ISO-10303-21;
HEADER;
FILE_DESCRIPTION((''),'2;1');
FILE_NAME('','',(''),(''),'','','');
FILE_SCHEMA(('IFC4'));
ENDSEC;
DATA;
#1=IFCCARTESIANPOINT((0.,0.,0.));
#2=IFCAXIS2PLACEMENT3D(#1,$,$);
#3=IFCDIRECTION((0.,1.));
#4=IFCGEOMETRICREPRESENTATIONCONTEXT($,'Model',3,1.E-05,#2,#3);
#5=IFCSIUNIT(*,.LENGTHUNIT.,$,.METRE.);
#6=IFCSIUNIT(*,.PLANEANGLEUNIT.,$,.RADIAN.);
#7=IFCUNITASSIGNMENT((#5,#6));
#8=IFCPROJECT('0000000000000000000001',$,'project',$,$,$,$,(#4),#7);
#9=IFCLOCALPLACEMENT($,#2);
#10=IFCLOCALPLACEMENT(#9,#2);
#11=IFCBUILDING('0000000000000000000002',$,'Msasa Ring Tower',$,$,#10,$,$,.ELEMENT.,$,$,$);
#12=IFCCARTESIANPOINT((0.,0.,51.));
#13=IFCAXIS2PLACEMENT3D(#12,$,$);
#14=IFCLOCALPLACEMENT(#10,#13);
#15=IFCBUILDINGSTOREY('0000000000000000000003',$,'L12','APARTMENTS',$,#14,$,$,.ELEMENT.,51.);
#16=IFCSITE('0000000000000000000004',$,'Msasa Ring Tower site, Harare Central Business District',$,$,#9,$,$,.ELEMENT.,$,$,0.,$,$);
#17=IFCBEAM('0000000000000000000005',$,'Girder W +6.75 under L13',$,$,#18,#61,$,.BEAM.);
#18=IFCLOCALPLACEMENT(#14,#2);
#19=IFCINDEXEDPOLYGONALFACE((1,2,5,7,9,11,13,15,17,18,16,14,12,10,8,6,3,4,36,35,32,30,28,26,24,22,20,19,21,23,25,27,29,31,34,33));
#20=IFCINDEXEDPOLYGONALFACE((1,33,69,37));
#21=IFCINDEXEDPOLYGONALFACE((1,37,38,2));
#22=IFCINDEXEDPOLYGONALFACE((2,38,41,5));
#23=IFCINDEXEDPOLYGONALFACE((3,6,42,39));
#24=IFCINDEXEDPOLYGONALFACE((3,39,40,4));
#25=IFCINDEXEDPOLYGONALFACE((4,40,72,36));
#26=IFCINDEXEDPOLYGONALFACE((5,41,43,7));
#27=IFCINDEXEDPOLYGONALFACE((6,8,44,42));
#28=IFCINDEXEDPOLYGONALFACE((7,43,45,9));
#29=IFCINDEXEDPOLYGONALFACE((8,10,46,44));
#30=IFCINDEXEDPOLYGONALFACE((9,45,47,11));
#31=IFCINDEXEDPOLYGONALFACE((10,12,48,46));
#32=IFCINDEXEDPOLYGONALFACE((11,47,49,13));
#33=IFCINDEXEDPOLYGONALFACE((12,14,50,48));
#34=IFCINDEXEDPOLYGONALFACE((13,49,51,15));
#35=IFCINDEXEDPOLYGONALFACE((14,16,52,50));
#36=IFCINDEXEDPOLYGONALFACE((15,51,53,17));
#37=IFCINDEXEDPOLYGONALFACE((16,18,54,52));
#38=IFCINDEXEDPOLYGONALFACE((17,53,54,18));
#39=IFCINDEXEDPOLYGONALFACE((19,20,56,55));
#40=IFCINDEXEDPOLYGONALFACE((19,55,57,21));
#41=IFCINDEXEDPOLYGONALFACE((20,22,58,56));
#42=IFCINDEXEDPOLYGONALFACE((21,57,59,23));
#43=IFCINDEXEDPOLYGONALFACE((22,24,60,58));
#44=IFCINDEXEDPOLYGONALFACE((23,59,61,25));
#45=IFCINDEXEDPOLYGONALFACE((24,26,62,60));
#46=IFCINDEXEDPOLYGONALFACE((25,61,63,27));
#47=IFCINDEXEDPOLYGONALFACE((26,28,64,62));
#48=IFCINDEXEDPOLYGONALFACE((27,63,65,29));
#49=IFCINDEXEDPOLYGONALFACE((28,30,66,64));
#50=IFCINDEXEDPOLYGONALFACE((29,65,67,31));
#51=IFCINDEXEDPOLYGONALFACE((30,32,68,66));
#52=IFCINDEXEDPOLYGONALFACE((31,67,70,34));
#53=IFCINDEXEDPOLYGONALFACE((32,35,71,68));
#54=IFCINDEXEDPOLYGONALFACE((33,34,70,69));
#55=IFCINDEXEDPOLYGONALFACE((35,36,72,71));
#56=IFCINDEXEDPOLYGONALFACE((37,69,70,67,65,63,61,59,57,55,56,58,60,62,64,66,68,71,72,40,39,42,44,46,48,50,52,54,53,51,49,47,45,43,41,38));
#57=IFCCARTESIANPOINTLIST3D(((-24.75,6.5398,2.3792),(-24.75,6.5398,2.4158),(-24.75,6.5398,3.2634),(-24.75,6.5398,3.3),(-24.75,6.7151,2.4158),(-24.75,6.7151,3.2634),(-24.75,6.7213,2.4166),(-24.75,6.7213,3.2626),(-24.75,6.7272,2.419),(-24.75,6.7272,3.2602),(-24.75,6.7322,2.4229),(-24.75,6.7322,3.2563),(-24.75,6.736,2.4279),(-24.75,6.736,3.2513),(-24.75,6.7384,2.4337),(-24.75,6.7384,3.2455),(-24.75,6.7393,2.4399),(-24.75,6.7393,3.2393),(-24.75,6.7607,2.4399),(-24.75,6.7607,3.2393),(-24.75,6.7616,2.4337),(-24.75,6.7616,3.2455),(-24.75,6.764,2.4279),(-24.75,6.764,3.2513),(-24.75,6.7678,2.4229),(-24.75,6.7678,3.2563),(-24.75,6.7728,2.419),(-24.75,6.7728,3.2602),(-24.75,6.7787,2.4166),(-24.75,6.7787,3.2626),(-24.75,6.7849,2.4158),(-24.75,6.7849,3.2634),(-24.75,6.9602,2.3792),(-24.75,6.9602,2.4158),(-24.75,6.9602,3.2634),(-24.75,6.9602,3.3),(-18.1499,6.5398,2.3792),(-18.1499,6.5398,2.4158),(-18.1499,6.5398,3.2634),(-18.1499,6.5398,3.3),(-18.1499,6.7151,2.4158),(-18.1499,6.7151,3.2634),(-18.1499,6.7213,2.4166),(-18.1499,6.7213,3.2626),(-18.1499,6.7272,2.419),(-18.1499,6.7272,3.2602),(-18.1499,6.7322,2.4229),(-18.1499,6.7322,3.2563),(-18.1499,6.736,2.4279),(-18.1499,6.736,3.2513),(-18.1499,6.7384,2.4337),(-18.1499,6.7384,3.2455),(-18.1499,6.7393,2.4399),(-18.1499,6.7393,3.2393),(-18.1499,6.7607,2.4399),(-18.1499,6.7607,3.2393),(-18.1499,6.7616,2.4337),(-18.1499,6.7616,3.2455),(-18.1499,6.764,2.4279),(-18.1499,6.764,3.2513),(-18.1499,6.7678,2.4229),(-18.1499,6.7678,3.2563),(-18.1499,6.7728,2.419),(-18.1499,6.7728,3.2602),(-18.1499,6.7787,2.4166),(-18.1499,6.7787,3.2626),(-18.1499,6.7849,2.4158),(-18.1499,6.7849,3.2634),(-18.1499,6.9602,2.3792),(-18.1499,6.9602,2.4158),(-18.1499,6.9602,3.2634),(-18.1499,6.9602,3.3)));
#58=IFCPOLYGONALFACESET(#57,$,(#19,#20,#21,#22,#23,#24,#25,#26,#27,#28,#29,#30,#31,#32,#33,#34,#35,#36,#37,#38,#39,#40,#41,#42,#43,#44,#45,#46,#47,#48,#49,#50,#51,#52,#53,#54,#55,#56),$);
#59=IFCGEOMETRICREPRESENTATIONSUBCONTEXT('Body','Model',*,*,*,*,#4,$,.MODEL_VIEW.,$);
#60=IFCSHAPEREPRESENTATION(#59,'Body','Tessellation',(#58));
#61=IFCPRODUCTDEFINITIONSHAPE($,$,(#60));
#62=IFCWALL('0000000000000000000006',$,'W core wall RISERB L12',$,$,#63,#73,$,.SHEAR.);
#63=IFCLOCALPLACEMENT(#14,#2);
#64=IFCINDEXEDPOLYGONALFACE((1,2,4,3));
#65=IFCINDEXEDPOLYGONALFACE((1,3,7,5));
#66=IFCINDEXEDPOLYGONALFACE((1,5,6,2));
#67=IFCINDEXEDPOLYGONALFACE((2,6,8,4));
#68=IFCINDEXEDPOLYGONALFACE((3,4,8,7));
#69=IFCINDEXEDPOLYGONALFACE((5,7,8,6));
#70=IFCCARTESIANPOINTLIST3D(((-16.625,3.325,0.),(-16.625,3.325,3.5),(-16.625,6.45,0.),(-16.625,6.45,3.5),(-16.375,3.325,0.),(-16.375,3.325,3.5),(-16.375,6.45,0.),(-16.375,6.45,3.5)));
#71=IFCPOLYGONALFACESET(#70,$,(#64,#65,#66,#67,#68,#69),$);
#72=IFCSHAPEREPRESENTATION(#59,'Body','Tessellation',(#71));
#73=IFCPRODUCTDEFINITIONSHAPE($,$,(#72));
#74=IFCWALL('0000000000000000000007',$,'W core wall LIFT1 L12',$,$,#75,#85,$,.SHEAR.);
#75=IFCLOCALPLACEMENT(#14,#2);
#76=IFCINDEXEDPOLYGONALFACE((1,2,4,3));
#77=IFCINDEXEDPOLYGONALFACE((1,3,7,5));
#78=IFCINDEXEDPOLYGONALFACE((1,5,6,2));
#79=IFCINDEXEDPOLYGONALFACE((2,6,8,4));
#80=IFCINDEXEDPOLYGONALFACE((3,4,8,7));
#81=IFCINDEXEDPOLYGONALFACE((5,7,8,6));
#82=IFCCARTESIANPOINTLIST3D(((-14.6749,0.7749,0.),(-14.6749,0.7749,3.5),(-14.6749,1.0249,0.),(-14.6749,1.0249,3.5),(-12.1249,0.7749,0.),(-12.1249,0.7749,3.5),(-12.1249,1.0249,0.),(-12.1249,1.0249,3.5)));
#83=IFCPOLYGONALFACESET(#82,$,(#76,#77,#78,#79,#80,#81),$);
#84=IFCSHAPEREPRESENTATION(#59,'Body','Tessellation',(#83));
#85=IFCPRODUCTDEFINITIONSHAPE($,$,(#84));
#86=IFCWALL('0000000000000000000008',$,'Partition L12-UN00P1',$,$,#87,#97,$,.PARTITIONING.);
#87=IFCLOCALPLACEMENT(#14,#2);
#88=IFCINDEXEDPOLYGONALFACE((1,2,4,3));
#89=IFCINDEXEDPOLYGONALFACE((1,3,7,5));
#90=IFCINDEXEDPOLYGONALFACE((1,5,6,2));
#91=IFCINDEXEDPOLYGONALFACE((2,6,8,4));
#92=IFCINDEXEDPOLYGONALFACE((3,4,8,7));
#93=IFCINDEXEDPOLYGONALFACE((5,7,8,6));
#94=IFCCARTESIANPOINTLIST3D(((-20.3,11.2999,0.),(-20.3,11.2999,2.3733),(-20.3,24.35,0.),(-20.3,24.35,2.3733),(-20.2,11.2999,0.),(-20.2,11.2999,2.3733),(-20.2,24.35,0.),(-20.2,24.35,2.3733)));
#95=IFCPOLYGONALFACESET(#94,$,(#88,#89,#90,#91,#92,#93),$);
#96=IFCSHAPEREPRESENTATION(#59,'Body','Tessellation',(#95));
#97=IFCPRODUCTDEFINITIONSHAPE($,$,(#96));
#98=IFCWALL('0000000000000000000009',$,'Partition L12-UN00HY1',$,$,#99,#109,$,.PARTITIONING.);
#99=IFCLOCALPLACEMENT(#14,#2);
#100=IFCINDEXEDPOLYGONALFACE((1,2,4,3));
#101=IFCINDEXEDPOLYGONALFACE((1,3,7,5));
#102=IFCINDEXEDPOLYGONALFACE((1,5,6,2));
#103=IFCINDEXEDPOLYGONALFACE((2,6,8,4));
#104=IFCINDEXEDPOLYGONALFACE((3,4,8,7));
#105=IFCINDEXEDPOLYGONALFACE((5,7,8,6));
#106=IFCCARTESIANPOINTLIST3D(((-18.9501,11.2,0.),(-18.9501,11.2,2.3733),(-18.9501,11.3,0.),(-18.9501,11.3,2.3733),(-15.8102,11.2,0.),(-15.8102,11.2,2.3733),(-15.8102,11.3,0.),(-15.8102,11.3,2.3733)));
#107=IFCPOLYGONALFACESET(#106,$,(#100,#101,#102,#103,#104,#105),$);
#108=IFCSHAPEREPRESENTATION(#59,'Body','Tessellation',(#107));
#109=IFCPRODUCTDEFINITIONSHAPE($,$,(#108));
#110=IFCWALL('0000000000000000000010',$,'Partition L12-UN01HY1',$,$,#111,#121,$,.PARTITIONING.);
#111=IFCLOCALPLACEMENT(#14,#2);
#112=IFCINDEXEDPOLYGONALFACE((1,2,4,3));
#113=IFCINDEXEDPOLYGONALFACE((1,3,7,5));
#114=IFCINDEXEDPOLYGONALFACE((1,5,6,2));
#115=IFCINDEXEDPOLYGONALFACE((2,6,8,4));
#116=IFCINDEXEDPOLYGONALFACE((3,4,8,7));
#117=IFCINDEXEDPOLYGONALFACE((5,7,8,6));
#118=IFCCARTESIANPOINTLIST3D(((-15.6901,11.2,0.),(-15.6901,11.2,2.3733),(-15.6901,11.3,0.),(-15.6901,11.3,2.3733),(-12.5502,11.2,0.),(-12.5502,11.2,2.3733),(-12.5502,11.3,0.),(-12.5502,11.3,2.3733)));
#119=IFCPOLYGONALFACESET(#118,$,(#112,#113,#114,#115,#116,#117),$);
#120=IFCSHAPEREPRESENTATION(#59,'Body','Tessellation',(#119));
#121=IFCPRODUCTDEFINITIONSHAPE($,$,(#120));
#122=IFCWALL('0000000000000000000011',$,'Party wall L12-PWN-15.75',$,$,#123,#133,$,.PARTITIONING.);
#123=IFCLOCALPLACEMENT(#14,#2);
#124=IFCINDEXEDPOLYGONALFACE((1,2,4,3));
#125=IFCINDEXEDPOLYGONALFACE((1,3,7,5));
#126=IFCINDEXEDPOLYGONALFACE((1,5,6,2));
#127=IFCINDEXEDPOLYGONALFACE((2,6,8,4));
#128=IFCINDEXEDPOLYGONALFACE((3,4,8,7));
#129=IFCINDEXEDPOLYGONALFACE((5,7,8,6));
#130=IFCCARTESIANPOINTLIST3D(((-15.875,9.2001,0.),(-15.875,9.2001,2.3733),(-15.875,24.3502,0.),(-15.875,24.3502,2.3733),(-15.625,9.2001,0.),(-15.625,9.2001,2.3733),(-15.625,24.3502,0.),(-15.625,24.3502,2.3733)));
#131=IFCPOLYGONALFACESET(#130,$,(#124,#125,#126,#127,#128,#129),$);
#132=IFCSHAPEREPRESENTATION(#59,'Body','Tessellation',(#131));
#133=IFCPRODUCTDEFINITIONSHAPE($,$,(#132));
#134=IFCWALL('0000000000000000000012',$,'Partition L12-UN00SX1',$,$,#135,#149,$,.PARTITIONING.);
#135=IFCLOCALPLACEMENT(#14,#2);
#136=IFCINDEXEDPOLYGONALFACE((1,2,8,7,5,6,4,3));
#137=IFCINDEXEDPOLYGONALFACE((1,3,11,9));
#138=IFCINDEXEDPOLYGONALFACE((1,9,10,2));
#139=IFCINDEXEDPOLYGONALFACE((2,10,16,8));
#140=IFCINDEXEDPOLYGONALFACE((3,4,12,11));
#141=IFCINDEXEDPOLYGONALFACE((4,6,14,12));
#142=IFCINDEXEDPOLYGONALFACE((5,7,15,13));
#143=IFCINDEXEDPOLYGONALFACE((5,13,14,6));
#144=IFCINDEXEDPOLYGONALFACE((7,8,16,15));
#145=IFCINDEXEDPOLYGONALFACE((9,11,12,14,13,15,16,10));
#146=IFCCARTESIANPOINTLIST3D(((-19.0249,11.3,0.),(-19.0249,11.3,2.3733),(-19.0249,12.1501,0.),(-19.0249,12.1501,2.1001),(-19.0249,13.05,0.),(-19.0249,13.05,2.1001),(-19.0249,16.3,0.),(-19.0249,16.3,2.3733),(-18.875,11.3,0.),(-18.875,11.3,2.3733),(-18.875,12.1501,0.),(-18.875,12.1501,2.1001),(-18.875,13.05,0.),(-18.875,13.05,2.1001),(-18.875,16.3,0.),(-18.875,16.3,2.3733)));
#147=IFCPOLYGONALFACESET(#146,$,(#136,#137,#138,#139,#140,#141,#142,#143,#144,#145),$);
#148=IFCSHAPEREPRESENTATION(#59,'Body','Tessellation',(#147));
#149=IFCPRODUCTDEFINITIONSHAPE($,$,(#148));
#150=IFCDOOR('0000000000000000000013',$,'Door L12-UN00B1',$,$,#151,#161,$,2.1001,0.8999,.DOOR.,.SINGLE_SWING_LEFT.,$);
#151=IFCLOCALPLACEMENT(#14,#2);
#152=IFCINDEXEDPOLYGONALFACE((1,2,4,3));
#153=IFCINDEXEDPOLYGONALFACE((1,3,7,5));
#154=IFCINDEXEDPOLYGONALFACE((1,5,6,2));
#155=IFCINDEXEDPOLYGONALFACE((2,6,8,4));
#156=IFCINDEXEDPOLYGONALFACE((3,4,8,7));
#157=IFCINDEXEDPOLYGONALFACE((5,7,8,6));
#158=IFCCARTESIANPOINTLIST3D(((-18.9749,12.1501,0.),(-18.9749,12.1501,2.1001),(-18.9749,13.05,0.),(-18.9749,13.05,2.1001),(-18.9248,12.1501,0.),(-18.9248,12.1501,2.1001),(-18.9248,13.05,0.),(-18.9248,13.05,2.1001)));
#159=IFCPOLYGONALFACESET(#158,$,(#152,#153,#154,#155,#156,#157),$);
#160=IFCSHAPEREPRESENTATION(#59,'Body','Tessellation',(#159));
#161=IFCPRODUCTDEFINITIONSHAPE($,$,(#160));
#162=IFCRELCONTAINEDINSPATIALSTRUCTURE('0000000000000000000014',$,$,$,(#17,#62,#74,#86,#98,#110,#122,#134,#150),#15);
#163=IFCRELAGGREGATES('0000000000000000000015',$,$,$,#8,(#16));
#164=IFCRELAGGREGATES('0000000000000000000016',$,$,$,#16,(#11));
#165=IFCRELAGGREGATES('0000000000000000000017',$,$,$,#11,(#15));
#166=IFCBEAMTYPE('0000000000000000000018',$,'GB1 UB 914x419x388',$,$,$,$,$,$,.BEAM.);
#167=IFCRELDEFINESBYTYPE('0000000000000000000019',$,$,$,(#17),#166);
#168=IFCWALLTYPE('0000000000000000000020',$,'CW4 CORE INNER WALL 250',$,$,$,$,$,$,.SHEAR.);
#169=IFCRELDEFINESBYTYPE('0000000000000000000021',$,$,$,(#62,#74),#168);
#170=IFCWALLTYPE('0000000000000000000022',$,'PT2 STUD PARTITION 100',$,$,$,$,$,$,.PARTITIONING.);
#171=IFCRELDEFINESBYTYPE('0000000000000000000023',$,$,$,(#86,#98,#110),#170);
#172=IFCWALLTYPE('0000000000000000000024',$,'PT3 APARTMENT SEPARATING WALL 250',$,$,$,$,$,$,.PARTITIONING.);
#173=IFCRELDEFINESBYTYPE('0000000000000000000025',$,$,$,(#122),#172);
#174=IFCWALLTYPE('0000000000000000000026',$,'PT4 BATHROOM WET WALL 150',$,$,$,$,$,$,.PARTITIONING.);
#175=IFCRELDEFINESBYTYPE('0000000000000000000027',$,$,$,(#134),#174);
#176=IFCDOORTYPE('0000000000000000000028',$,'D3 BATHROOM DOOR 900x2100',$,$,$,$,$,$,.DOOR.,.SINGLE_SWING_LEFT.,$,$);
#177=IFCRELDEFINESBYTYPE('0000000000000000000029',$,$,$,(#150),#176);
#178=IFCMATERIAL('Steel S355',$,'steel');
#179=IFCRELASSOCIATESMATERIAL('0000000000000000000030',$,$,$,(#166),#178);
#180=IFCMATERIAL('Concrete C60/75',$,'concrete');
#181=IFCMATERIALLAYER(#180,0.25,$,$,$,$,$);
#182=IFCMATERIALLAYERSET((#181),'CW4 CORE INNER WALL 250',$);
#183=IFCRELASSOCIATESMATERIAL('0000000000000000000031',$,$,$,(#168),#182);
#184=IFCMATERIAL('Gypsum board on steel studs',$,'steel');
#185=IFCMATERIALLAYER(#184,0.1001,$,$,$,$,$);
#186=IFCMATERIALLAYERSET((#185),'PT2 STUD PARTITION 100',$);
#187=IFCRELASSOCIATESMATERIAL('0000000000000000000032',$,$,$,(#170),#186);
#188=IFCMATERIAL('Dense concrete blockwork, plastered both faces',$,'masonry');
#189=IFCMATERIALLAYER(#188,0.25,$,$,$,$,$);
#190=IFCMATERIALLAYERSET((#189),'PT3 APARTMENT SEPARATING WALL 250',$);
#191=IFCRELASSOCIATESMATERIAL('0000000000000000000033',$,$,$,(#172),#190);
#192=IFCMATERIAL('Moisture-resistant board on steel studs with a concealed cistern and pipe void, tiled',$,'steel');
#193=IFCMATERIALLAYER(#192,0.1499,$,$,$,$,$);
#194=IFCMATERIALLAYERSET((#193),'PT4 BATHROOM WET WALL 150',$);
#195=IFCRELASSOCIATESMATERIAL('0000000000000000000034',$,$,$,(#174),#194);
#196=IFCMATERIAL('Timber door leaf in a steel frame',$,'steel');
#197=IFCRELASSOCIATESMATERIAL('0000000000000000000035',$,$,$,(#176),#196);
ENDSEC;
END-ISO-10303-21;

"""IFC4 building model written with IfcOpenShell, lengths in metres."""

from ifc_helpers import new_model, si_unit, direction, frame, frame_2d, origin, origin_2d, place, context, subcontext, project, spatial, rectangle, i_section, extrude, material, layer, layer_set, material_profile, profile_set, type_object, element, fill, save


model = new_model("IFC4")

# Units and contexts
model_context = context("Model", 3, precision=1e-05, world=origin(), true_north=direction((0.0, 1.0)))
body_context = subcontext(model_context, "Body", "Model", "MODEL_VIEW")
ifc_project = project(units=[si_unit("LENGTHUNIT", "METRE"), si_unit("PLANEANGLEUNIT", "RADIAN")], contexts=[model_context])

# Site, building, storey
site_placement = place(None, origin())
site = spatial("IfcSite", under=ifc_project, at=site_placement, Name="Msasa Ring Tower site, Harare Central Business District", CompositionType="ELEMENT", RefElevation=0.0)
building_placement = place(site_placement, origin())
building = spatial("IfcBuilding", under=site, at=building_placement, Name="Msasa Ring Tower", CompositionType="ELEMENT")
storey_placement = place(building_placement, frame((0.0, 0.0, 51.0)))
storey = spatial("IfcBuildingStorey", under=building, at=storey_placement, Name="L12", Description="APARTMENTS", CompositionType="ELEMENT", Elevation=51.0)

# Beam
ifc_material_1 = material(Name="Steel S355", Category="steel")
ifc_material_profile = material_profile(ifc_material_1, i_section(OverallWidth=0.4204, OverallDepth=0.9209, WebThickness=0.0215, FlangeThickness=0.0366, FilletRadius=0.0242, at=origin_2d()), Name="UB 914x419x388")
ifc_profile_set = profile_set([ifc_material_profile], Name="Steel S355")
beam_type = type_object("IfcBeamType", Name="GB1 UB 914x419x388", PredefinedType="BEAM", material=ifc_profile_set)
beam_placement = place(storey_placement, frame((-18.1499, 6.75, 2.8396), z_axis=(-1.0, 0.0, 0.0), x_axis=(0.0, -1.0, 0.0)))
element("IfcBeam", 1, at=beam_placement, inside=storey, type_object=beam_type, Name="Girder W +6.75 under L13", PredefinedType="BEAM", context=body_context, shape_type="SweptSolid", body=[
    extrude(i_section(OverallWidth=0.4204, OverallDepth=0.9209, WebThickness=0.0215, FlangeThickness=0.0366, FilletRadius=0.0242, at=origin_2d()), origin(), (0.0, 0.0, 1.0), 6.6001),
])

# Walls
ifc_material_2 = material(Name="Concrete C60/75", Category="concrete")
ifc_layer_1 = layer(ifc_material_2, 0.25)
ifc_layer_set_1 = layer_set([ifc_layer_1], Name="CW4 CORE INNER WALL 250")
wall_type_1 = type_object("IfcWallType", Name="CW4 CORE INNER WALL 250", PredefinedType="SHEAR", material=ifc_layer_set_1)
wall_1_placement = place(storey_placement, frame((-16.5, 3.325, 0.0), z_axis=(0.0, 0.0, 1.0), x_axis=(0.0, 1.0, 0.0)))
element("IfcWall", 2, at=wall_1_placement, inside=storey, type_object=wall_type_1, Name="W core wall RISERB L12", PredefinedType="SHEAR", context=body_context, shape_type="SweptSolid", body=[
    extrude(rectangle(XDim=3.125, YDim=0.25, at=frame_2d((1.5625, 0.0))), origin(), (0.0, 0.0, 1.0), 3.5),
])
wall_2_placement = place(storey_placement, frame((-12.125, 0.8999, 0.0), z_axis=(0.0, 0.0, 1.0), x_axis=(-1.0, 0.0, 0.0)))
element("IfcWall", 3, at=wall_2_placement, inside=storey, type_object=wall_type_1, Name="W core wall LIFT1 L12", PredefinedType="SHEAR", context=body_context, shape_type="SweptSolid", body=[
    extrude(rectangle(XDim=2.55, YDim=0.25, at=frame_2d((1.2749, 0.0))), origin(), (0.0, 0.0, 1.0), 3.5),
])
ifc_material_3 = material(Name="Gypsum board on steel studs", Category="steel")
ifc_layer_2 = layer(ifc_material_3, 0.1001)
ifc_layer_set_2 = layer_set([ifc_layer_2], Name="PT2 STUD PARTITION 100")
wall_type_2 = type_object("IfcWallType", Name="PT2 STUD PARTITION 100", PredefinedType="PARTITIONING", material=ifc_layer_set_2)
wall_3_placement = place(storey_placement, frame((-20.25, 11.3, 0.0), z_axis=(0.0, 0.0, 1.0), x_axis=(0.0, 1.0, 0.0)))
element("IfcWall", 4, at=wall_3_placement, inside=storey, type_object=wall_type_2, Name="Partition L12-UN00P1", PredefinedType="PARTITIONING", context=body_context, shape_type="SweptSolid", body=[
    extrude(rectangle(XDim=13.05, YDim=0.1001, at=frame_2d((6.5249, 0.0))), origin(), (0.0, 0.0, 1.0), 2.3733),
])
for number, where, z_axis, x_axis, name in (
    (5, (-18.95, 11.25, 0.0), (0.0, 0.0, 1.0), (1.0, 0.0, 0.0), "Partition L12-UN00HY1"),
    (6, (-15.6899, 11.25, 0.0), (0.0, 0.0, 1.0), (1.0, 0.0, 0.0), "Partition L12-UN01HY1"),
):
    element("IfcWall", number, at=place(storey_placement, frame(where, z_axis=z_axis, x_axis=x_axis)), inside=storey, type_object=wall_type_2, Name=name, PredefinedType="PARTITIONING", context=body_context, shape_type="SweptSolid", body=[
        extrude(rectangle(XDim=3.1399, YDim=0.1001, at=frame_2d((1.5698, 0.0))), origin(), (0.0, 0.0, 1.0), 2.3733),
    ])
ifc_material_4 = material(Name="Dense concrete blockwork, plastered both faces", Category="masonry")
ifc_layer_3 = layer(ifc_material_4, 0.25)
ifc_layer_set_3 = layer_set([ifc_layer_3], Name="PT3 APARTMENT SEPARATING WALL 250")
wall_type_3 = type_object("IfcWallType", Name="PT3 APARTMENT SEPARATING WALL 250", PredefinedType="PARTITIONING", material=ifc_layer_set_3)
wall_4_placement = place(storey_placement, frame((-15.75, 9.2, 0.0), z_axis=(0.0, 0.0, 1.0), x_axis=(0.0, 1.0, 0.0)))
element("IfcWall", 7, at=wall_4_placement, inside=storey, type_object=wall_type_3, Name="Party wall L12-PWN-15.75", PredefinedType="PARTITIONING", context=body_context, shape_type="SweptSolid", body=[
    extrude(rectangle(XDim=15.1501, YDim=0.25, at=frame_2d((7.5752, 0.0))), origin(), (0.0, 0.0, 1.0), 2.3733),
])

# Wall, opening, door
ifc_material_5 = material(Name="Moisture-resistant board on steel studs with a concealed cistern and pipe void, tiled", Category="steel")
ifc_layer_4 = layer(ifc_material_5, 0.1499)
ifc_layer_set_4 = layer_set([ifc_layer_4], Name="PT4 BATHROOM WET WALL 150")
wall_type_4 = type_object("IfcWallType", Name="PT4 BATHROOM WET WALL 150", PredefinedType="PARTITIONING", material=ifc_layer_set_4)
wall_5_placement = place(storey_placement, frame((-18.95, 11.3, 0.0), z_axis=(0.0, 0.0, 1.0), x_axis=(0.0, 1.0, 0.0)))
wall_5 = element("IfcWall", 8, at=wall_5_placement, inside=storey, type_object=wall_type_4, Name="Partition L12-UN00SX1", PredefinedType="PARTITIONING", context=body_context, shape_type="SweptSolid", body=[
    extrude(rectangle(XDim=5.0, YDim=0.1499, at=frame_2d((2.5, 0.0))), origin(), (0.0, 0.0, 1.0), 2.3733),
])
opening_1_placement = place(wall_5_placement, frame((0.8501, 0.0, 0.0)))
opening_1 = element("IfcOpeningElement", 9, at=opening_1_placement, cuts=wall_5, PredefinedType="OPENING", context=body_context, shape_type="SweptSolid", body=[
    extrude(rectangle(XDim=0.8999, YDim=2.1001, at=frame_2d((0.45, 1.05))), frame((0.0, 0.085, 0.0), z_axis=(0.0, -1.0, 0.0), x_axis=(1.0, 0.0, 0.0)), (0.0, 0.0, 1.0), 0.1699),
])
ifc_material_6 = material(Name="Timber door leaf in a steel frame", Category="steel")
door_type = type_object("IfcDoorType", Name="D3 BATHROOM DOOR 900x2100", OperationType="SINGLE_SWING_LEFT", PredefinedType="DOOR", material=ifc_material_6)
door_1_placement = place(opening_1_placement, origin())
door_1 = element("IfcDoor", 10, at=door_1_placement, inside=storey, type_object=door_type, Name="Door L12-UN00B1", OperationType="SINGLE_SWING_LEFT", OverallHeight=2.1001, OverallWidth=0.8999, PredefinedType="DOOR", context=body_context, shape_type="SweptSolid", body=[
    extrude(rectangle(XDim=0.8999, YDim=2.1001, at=frame_2d((0.45, 1.05))), frame((0.0, 0.0249, 0.0), z_axis=(0.0, -1.0, 0.0), x_axis=(1.0, 0.0, 0.0)), (0.0, 0.0, 1.0), 0.05),
])
fill(opening_1, door_1)

save(model, "model.ifc")
